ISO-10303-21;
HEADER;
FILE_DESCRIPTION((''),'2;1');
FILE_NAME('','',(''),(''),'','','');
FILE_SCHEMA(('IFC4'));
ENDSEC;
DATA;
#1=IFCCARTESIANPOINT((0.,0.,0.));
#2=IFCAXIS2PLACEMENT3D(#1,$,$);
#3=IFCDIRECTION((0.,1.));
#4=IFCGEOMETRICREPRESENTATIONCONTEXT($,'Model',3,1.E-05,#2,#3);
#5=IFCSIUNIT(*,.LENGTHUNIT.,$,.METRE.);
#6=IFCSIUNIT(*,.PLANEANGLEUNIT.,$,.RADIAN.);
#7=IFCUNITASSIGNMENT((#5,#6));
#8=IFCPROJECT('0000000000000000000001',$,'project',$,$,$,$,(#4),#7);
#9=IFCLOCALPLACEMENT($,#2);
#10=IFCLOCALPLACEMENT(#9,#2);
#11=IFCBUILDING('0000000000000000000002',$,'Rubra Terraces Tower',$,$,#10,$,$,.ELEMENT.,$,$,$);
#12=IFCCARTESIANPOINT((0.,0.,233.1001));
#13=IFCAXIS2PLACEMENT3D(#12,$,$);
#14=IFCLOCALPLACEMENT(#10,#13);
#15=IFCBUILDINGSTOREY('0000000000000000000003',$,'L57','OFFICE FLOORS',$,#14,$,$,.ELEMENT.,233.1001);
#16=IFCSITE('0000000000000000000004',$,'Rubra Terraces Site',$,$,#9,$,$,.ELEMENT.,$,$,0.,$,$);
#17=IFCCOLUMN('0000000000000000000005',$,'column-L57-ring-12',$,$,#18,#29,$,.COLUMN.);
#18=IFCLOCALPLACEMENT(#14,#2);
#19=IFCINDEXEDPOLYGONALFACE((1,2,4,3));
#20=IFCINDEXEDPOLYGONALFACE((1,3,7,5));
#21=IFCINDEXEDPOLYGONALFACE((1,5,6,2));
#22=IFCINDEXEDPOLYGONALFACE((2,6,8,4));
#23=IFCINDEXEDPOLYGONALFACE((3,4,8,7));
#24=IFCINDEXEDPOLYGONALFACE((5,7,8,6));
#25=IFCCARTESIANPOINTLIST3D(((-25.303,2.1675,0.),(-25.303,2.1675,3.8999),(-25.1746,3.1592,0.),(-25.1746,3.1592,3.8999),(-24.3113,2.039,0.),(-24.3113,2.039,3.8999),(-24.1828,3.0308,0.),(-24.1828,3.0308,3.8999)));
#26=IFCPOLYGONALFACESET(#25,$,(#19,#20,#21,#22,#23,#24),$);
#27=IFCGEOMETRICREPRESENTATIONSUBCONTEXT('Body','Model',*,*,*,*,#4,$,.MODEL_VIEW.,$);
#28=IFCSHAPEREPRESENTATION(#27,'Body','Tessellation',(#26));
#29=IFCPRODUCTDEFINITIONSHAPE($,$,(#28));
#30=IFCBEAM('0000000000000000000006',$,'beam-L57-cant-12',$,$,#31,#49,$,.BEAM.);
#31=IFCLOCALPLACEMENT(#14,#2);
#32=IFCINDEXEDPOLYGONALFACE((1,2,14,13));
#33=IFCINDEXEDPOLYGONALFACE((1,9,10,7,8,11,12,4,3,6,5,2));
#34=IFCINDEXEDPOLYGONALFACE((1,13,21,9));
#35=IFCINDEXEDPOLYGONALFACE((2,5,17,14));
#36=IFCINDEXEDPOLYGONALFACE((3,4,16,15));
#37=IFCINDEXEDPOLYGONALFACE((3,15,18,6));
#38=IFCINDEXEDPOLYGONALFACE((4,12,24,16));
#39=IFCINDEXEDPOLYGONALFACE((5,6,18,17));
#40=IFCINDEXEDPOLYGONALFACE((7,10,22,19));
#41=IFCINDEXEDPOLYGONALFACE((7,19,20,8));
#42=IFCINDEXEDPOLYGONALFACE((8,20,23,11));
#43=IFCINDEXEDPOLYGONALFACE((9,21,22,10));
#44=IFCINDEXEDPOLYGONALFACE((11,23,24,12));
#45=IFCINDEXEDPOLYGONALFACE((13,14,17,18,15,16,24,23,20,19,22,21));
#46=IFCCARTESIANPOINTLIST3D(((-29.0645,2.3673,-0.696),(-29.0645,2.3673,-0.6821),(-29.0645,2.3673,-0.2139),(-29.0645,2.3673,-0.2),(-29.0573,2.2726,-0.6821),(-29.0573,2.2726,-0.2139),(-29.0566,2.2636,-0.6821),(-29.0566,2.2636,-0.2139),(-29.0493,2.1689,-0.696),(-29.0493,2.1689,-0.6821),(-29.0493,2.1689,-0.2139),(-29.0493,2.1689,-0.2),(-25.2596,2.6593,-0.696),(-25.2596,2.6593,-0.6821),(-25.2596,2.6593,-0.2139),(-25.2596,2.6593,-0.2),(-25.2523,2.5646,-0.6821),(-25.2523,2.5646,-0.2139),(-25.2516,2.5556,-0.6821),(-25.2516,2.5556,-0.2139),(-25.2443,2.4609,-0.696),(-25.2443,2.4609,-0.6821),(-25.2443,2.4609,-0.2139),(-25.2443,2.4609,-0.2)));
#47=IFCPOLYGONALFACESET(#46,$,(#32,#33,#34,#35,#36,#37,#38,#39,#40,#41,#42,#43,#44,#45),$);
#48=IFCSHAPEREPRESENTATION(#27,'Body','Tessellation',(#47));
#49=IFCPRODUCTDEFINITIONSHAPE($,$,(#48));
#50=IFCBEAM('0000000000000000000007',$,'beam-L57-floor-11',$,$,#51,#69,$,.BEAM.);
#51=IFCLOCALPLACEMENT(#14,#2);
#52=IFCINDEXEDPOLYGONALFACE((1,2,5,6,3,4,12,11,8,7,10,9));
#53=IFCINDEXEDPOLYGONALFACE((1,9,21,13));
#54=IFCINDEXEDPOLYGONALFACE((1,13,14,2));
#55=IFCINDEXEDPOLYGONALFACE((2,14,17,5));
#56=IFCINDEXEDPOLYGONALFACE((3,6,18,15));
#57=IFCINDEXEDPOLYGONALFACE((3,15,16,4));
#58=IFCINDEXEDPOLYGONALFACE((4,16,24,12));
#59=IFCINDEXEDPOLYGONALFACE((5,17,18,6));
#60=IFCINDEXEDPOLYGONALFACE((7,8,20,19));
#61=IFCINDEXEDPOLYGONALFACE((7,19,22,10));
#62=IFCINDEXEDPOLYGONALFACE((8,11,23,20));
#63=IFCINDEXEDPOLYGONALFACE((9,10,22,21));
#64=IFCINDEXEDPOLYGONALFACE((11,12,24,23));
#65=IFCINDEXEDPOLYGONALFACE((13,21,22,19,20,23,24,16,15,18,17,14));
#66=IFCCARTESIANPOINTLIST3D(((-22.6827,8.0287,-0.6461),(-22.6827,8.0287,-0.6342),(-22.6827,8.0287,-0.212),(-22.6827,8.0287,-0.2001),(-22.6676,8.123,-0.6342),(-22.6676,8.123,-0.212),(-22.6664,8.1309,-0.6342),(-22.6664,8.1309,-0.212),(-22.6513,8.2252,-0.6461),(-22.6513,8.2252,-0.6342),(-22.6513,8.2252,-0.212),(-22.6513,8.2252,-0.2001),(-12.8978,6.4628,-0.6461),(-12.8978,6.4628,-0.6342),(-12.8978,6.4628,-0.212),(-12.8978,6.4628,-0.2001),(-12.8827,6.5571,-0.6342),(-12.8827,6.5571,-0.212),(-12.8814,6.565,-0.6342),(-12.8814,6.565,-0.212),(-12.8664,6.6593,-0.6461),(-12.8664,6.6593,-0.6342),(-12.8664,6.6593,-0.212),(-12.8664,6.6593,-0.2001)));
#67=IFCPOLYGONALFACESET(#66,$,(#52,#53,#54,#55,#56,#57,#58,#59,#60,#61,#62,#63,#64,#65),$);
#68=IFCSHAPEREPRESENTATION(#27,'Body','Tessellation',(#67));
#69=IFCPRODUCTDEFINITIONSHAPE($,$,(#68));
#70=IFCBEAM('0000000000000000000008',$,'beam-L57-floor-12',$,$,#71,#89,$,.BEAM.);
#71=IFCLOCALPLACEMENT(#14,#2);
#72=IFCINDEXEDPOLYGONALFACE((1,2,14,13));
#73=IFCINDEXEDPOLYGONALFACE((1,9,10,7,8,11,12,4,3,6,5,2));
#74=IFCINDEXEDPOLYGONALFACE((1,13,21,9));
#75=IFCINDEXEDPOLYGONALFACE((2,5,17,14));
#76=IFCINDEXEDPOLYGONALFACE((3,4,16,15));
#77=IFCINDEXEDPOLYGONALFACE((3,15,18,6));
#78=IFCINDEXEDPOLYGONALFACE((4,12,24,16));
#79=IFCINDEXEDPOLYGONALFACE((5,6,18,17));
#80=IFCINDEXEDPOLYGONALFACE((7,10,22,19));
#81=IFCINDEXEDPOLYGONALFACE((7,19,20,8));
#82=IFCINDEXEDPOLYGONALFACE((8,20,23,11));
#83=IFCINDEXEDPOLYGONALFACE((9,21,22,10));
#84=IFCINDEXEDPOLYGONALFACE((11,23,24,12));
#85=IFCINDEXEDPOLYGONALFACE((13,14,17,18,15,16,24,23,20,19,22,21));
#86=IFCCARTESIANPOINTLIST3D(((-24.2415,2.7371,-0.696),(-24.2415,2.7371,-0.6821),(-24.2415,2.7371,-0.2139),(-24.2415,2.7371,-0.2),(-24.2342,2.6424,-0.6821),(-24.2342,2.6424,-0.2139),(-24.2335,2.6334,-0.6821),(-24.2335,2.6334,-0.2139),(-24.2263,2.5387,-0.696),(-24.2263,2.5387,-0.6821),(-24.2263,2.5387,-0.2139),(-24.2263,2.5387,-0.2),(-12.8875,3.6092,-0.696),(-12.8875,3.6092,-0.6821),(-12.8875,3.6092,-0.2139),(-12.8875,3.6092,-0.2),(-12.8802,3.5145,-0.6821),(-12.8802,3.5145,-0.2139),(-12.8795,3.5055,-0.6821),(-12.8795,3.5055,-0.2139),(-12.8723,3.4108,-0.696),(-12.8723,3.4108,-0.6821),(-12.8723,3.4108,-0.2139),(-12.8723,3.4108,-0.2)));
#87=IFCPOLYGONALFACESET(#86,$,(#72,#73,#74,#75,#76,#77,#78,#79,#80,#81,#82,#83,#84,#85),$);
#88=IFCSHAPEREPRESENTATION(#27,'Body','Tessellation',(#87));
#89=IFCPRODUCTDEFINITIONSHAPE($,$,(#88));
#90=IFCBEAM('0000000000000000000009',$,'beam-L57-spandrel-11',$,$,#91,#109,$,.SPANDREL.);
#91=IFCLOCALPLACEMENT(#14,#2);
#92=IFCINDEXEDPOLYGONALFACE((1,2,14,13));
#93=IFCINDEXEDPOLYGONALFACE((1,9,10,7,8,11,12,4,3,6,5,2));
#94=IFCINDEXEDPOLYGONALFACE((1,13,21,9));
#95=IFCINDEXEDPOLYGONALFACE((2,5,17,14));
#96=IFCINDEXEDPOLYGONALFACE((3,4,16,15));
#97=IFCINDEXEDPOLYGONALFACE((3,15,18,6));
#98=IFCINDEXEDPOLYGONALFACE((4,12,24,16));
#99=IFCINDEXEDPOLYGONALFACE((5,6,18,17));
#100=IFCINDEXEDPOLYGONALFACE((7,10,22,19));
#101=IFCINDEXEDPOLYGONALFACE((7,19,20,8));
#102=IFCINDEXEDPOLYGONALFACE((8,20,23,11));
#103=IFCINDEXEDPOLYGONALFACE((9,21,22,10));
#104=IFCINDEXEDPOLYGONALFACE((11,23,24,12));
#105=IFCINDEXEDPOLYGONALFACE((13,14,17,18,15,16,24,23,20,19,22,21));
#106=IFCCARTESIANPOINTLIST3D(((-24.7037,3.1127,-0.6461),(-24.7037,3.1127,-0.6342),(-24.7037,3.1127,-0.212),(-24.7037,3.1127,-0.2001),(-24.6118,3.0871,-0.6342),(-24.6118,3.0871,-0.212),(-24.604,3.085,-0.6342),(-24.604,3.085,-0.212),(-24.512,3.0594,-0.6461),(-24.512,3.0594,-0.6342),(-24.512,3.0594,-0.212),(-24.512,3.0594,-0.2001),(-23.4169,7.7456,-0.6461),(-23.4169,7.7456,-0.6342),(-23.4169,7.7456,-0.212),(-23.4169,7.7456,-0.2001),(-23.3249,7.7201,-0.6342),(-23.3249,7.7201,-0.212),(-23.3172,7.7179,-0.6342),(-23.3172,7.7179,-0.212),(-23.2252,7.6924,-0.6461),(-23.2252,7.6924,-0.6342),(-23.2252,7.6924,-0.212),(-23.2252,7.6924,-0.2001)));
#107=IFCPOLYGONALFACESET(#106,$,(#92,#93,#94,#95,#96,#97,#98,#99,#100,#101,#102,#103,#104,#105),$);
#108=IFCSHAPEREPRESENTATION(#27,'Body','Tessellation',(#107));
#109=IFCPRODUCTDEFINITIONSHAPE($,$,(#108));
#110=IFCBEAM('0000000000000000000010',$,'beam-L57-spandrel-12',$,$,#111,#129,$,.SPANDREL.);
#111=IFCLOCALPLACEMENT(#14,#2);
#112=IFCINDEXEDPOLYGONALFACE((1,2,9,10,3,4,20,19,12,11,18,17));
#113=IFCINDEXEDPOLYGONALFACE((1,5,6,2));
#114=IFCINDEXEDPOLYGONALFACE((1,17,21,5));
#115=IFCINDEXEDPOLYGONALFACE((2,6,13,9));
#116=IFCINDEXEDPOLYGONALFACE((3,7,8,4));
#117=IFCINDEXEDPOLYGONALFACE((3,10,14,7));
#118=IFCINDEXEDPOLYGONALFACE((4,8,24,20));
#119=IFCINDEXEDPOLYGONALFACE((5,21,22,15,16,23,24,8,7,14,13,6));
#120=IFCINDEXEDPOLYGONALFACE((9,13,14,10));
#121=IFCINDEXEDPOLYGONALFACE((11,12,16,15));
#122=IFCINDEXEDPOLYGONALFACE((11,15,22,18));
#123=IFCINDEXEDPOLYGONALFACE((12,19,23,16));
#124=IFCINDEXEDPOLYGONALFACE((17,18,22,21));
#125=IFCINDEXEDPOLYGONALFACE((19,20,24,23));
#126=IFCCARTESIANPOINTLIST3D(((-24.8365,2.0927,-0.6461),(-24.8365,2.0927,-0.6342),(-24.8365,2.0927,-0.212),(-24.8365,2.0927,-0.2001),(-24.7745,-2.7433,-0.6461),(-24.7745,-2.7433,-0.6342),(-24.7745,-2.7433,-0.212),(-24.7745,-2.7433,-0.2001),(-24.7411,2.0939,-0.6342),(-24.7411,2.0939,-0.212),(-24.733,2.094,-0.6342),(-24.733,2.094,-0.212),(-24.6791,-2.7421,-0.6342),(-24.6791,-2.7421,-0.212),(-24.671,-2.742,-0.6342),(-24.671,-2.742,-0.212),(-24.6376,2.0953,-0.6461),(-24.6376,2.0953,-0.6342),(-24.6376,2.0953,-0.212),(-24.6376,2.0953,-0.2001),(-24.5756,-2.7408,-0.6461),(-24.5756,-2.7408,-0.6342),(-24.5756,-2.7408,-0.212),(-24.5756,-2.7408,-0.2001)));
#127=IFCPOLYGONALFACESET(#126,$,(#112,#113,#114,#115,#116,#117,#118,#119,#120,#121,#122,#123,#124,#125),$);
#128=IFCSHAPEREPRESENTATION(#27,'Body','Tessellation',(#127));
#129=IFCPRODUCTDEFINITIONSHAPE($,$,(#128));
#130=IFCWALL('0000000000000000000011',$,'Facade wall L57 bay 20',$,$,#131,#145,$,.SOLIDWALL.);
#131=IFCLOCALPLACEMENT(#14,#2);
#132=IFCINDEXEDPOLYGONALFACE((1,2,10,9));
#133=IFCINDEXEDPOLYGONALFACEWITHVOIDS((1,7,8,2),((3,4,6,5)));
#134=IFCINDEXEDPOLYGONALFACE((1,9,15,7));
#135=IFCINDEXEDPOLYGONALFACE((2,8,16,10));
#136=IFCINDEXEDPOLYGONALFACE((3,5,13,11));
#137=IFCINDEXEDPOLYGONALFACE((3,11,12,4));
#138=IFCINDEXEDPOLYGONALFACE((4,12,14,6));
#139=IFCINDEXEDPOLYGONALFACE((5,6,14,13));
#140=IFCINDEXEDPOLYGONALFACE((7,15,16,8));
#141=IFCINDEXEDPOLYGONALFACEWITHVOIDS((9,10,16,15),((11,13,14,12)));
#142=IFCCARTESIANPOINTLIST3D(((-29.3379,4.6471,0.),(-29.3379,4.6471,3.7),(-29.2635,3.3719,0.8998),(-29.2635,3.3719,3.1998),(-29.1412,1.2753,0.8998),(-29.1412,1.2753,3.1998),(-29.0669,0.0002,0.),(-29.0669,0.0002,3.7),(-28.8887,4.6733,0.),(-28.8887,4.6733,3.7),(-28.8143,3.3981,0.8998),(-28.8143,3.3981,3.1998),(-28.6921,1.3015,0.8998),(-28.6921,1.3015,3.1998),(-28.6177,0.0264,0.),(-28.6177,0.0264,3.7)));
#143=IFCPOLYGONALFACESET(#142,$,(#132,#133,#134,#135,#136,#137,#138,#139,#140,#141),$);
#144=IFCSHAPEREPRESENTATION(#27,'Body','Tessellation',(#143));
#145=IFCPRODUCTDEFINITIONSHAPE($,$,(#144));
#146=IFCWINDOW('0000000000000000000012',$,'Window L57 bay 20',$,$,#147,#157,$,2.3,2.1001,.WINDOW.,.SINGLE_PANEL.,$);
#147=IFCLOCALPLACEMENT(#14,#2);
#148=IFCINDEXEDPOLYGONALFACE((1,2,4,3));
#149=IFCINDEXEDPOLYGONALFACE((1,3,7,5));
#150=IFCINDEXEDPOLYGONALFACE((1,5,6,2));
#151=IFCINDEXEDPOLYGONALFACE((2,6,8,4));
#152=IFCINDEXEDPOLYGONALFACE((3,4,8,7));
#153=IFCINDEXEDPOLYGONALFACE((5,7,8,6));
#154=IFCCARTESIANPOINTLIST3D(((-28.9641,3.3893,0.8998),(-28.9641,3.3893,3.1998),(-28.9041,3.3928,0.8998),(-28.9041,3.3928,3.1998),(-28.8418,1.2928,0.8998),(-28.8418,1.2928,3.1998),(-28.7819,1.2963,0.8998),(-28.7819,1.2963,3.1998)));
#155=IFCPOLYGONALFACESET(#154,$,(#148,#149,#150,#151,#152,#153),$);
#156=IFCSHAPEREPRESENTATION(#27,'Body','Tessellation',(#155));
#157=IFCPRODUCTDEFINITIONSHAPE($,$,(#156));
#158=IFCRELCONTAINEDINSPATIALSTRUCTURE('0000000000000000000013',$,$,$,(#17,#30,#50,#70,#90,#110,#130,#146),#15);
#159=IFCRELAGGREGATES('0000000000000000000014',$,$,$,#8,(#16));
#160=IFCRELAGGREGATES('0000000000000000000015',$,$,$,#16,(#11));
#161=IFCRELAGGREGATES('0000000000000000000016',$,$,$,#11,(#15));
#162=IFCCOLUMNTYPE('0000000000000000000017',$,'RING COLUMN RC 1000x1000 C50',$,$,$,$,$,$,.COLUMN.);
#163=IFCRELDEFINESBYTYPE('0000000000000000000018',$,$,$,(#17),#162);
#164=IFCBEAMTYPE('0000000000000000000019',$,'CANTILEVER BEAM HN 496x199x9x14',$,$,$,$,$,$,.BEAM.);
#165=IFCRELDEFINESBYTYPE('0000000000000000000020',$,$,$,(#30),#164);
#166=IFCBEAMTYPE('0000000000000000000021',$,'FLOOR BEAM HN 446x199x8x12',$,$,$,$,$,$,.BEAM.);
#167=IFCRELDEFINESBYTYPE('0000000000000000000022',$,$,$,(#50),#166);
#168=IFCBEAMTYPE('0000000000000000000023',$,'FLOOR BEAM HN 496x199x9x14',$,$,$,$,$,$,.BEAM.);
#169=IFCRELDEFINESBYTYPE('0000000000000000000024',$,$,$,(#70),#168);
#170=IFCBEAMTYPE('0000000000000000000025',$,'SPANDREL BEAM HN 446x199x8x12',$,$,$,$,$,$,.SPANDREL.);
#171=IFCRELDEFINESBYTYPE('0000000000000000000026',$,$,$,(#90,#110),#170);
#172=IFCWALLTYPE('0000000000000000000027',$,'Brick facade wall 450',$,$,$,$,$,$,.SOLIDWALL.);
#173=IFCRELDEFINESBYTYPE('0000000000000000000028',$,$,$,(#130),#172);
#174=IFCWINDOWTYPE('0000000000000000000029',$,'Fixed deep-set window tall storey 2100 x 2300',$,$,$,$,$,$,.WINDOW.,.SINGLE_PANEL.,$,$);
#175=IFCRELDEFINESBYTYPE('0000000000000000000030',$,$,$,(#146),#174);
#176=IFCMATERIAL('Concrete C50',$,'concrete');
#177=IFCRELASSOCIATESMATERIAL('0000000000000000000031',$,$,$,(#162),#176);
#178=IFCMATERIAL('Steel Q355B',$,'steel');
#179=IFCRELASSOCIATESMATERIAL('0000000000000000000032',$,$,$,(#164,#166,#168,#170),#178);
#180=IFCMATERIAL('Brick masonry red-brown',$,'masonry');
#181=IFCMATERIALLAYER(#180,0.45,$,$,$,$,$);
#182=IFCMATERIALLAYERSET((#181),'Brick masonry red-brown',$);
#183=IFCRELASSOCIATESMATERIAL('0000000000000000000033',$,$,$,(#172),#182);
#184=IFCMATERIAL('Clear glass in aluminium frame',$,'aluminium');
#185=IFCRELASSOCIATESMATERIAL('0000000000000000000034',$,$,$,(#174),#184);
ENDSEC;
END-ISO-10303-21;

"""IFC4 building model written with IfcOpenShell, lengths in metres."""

from ifc_helpers import new_model, si_unit, direction, frame, frame_2d, origin, origin_2d, place, context, subcontext, project, spatial, rectangle, i_section, extrude, material, layer, layer_set, material_profile, profile_set, type_object, element, fill, save


model = new_model("IFC4")

# Units and contexts
model_context = context("Model", 3, precision=1e-05, world=origin(), true_north=direction((0.0, 1.0)))
body_context = subcontext(model_context, "Body", "Model", "MODEL_VIEW")
ifc_project = project(units=[si_unit("LENGTHUNIT", "METRE"), si_unit("PLANEANGLEUNIT", "RADIAN")], contexts=[model_context])

# Site, building, storey
site_placement = place(None, origin())
site = spatial("IfcSite", under=ifc_project, at=site_placement, Name="Rubra Terraces Site", CompositionType="ELEMENT", RefElevation=0.0)
building_placement = place(site_placement, origin())
building = spatial("IfcBuilding", under=site, at=building_placement, Name="Rubra Terraces Tower", CompositionType="ELEMENT")
storey_placement = place(building_placement, frame((0.0, 0.0, 233.1001)))
storey = spatial("IfcBuildingStorey", under=building, at=storey_placement, Name="L57", Description="OFFICE FLOORS", CompositionType="ELEMENT", Elevation=233.1001)

# Column
ifc_material_1 = material(Name="Concrete C50", Category="concrete")
ifc_material_profile_1 = material_profile(ifc_material_1, rectangle(XDim=1.0, YDim=1.0, at=origin_2d()), Name="RC 1000x1000")
ifc_profile_set_1 = profile_set([ifc_material_profile_1], Name="Concrete C50")
column_type = type_object("IfcColumnType", Name="RING COLUMN RC 1000x1000 C50", PredefinedType="COLUMN", material=ifc_profile_set_1)
column_placement = place(storey_placement, frame((-24.7429, 2.5991, 0.0), z_axis=(0.0, 0.0, 1.0), x_axis=(-0.128444, -0.991717, 0.0)))
element("IfcColumn", 1, at=column_placement, inside=storey, type_object=column_type, Name="column-L57-ring-12", PredefinedType="COLUMN", context=body_context, shape_type="SweptSolid", body=[
    extrude(rectangle(XDim=1.0, YDim=1.0, at=origin_2d()), origin(), (0.0, 0.0, 1.0), 3.8999),
])

# Beams
ifc_material_2 = material(Name="Steel Q355B", Category="steel")
ifc_material_profile_2 = material_profile(ifc_material_2, i_section(OverallWidth=0.199, OverallDepth=0.4961, WebThickness=0.009, FlangeThickness=0.0139, at=origin_2d()), Name="HN 496x199x9x14")
ifc_profile_set_2 = profile_set([ifc_material_profile_2], Name="Steel Q355B")
beam_type_1 = type_object("IfcBeamType", Name="CANTILEVER BEAM HN 496x199x9x14", PredefinedType="BEAM", material=ifc_profile_set_2)
beam_1_placement = place(storey_placement, frame((-25.252, 2.5601, -0.448), z_axis=(-0.997068, -0.076515, 0.0), x_axis=(0.076515, -0.997068, 0.0)))
element("IfcBeam", 2, at=beam_1_placement, inside=storey, type_object=beam_type_1, Name="beam-L57-cant-12", PredefinedType="BEAM", context=body_context, shape_type="SweptSolid", body=[
    extrude(i_section(OverallWidth=0.199, OverallDepth=0.4961, WebThickness=0.009, FlangeThickness=0.0139, at=origin_2d()), origin(), (0.0, 0.0, 1.0), 3.8162),
])
ifc_material_profile_3 = material_profile(ifc_material_2, i_section(OverallWidth=0.199, OverallDepth=0.446, WebThickness=0.0081, FlangeThickness=0.012, at=origin_2d()), Name="HN 446x199x8x12")
ifc_profile_set_3 = profile_set([ifc_material_profile_3], Name="Steel Q355B")
beam_type_2 = type_object("IfcBeamType", Name="FLOOR BEAM HN 446x199x8x12", PredefinedType="BEAM", material=ifc_profile_set_3)
beam_2_placement = place(storey_placement, frame((-22.667, 8.127, -0.4231), z_axis=(0.987435, -0.158023, 0.0), x_axis=(0.158023, 0.987435, 0.0)))
element("IfcBeam", 3, at=beam_2_placement, inside=storey, type_object=beam_type_2, Name="beam-L57-floor-11", PredefinedType="BEAM", context=body_context, shape_type="SweptSolid", body=[
    extrude(i_section(OverallWidth=0.199, OverallDepth=0.446, WebThickness=0.0081, FlangeThickness=0.012, at=origin_2d()), origin(), (0.0, 0.0, 1.0), 9.9094),
])
ifc_material_profile_4 = material_profile(ifc_material_2, i_section(OverallWidth=0.199, OverallDepth=0.4961, WebThickness=0.009, FlangeThickness=0.0139, at=origin_2d()), Name="HN 496x199x9x14")
ifc_profile_set_4 = profile_set([ifc_material_profile_4], Name="Steel Q355B")
beam_type_3 = type_object("IfcBeamType", Name="FLOOR BEAM HN 496x199x9x14", PredefinedType="BEAM", material=ifc_profile_set_4)
beam_3_placement = place(storey_placement, frame((-24.2339, 2.6379, -0.448), z_axis=(0.997063, 0.076582, 0.0), x_axis=(-0.076582, 0.997063, 0.0)))
element("IfcBeam", 4, at=beam_3_placement, inside=storey, type_object=beam_type_3, Name="beam-L57-floor-12", PredefinedType="BEAM", context=body_context, shape_type="SweptSolid", body=[
    extrude(i_section(OverallWidth=0.199, OverallDepth=0.4961, WebThickness=0.009, FlangeThickness=0.0139, at=origin_2d()), origin(), (0.0, 0.0, 1.0), 11.3875),
])
ifc_material_profile_5 = material_profile(ifc_material_2, i_section(OverallWidth=0.199, OverallDepth=0.446, WebThickness=0.0081, FlangeThickness=0.012, at=origin_2d()), Name="HN 446x199x8x12")
ifc_profile_set_5 = profile_set([ifc_material_profile_5], Name="Steel Q355B")
beam_type_4 = type_object("IfcBeamType", Name="SPANDREL BEAM HN 446x199x8x12", PredefinedType="SPANDREL", material=ifc_profile_set_5)
beam_4_placement = place(storey_placement, frame((-23.321, 7.719, -0.4231), z_axis=(-0.267626, -0.963523, 0.0), x_axis=(0.963523, -0.267626, 0.0)))
element("IfcBeam", 5, at=beam_4_placement, inside=storey, type_object=beam_type_4, Name="beam-L57-spandrel-11", PredefinedType="SPANDREL", context=body_context, shape_type="SweptSolid", body=[
    extrude(i_section(OverallWidth=0.199, OverallDepth=0.446, WebThickness=0.0081, FlangeThickness=0.012, at=origin_2d()), origin(), (0.0, 0.0, 1.0), 4.8083),
])
beam_5_placement = place(storey_placement, frame((-24.7371, 2.094, -0.4231), z_axis=(0.012822, -0.999918, 0.0), x_axis=(0.999918, 0.012822, 0.0)))
element("IfcBeam", 6, at=beam_5_placement, inside=storey, type_object=beam_type_4, Name="beam-L57-spandrel-12", PredefinedType="SPANDREL", context=body_context, shape_type="SweptSolid", body=[
    extrude(i_section(OverallWidth=0.199, OverallDepth=0.446, WebThickness=0.0081, FlangeThickness=0.012, at=origin_2d()), origin(), (0.0, 0.0, 1.0), 4.8364),
])

# Wall, opening, window
ifc_material_3 = material(Name="Brick masonry red-brown", Category="masonry")
ifc_layer_1 = layer(ifc_material_3, 0.45)
ifc_layer_set_1 = layer_set([ifc_layer_1], Name="Brick masonry red-brown")
wall_type_1 = type_object("IfcWallType", Name="Brick facade wall 450", PredefinedType="SOLIDWALL", material=ifc_layer_set_1)
wall_1_placement = place(storey_placement, frame((-29.1133, 4.6602, 0.0), z_axis=(0.0, 0.0, 1.0), x_axis=(0.058218, -0.998304, 0.0)))
wall_1 = element("IfcWall", 7, at=wall_1_placement, inside=storey, type_object=wall_type_1, Name="Facade wall L57 bay 20", PredefinedType="SOLIDWALL", context=body_context, shape_type="SweptSolid", body=[
    extrude(rectangle(XDim=4.6548, YDim=0.45, at=frame_2d((2.3274, 0.0))), origin(), (0.0, 0.0, 1.0), 3.7),
])
opening_1_placement = place(wall_1_placement, frame((1.2773, 0.0, 0.8999)))
opening_1 = element("IfcOpeningElement", 8, at=opening_1_placement, cuts=wall_1, PredefinedType="OPENING", context=body_context, shape_type="SweptSolid", body=[
    extrude(rectangle(XDim=2.1001, YDim=2.3, at=frame_2d((1.05, 1.1499))), frame((0.0, 0.2349, 0.0), z_axis=(0.0, -1.0, 0.0), x_axis=(1.0, 0.0, 0.0)), (0.0, 0.0, 1.0), 0.47),
])
ifc_material_4 = material(Name="Clear glass in aluminium frame", Category="aluminium")
window_type_1 = type_object("IfcWindowType", Name="Fixed deep-set window tall storey 2100 x 2300", PartitioningType="SINGLE_PANEL", PredefinedType="WINDOW", material=ifc_material_4)
window_1_placement = place(opening_1_placement, origin())
window_1 = element("IfcWindow", 9, at=window_1_placement, inside=storey, type_object=window_type_1, Name="Window L57 bay 20", OverallHeight=2.3, OverallWidth=2.1001, PartitioningType="SINGLE_PANEL", PredefinedType="WINDOW", context=body_context, shape_type="SweptSolid", body=[
    extrude(rectangle(XDim=2.1001, YDim=2.3, at=frame_2d((1.05, 1.1499))), frame((0.0, 0.135, 0.0), z_axis=(0.0, -1.0, 0.0), x_axis=(1.0, 0.0, 0.0)), (0.0, 0.0, 1.0), 0.0601),
])
fill(opening_1, window_1)

save(model, "model.ifc")
